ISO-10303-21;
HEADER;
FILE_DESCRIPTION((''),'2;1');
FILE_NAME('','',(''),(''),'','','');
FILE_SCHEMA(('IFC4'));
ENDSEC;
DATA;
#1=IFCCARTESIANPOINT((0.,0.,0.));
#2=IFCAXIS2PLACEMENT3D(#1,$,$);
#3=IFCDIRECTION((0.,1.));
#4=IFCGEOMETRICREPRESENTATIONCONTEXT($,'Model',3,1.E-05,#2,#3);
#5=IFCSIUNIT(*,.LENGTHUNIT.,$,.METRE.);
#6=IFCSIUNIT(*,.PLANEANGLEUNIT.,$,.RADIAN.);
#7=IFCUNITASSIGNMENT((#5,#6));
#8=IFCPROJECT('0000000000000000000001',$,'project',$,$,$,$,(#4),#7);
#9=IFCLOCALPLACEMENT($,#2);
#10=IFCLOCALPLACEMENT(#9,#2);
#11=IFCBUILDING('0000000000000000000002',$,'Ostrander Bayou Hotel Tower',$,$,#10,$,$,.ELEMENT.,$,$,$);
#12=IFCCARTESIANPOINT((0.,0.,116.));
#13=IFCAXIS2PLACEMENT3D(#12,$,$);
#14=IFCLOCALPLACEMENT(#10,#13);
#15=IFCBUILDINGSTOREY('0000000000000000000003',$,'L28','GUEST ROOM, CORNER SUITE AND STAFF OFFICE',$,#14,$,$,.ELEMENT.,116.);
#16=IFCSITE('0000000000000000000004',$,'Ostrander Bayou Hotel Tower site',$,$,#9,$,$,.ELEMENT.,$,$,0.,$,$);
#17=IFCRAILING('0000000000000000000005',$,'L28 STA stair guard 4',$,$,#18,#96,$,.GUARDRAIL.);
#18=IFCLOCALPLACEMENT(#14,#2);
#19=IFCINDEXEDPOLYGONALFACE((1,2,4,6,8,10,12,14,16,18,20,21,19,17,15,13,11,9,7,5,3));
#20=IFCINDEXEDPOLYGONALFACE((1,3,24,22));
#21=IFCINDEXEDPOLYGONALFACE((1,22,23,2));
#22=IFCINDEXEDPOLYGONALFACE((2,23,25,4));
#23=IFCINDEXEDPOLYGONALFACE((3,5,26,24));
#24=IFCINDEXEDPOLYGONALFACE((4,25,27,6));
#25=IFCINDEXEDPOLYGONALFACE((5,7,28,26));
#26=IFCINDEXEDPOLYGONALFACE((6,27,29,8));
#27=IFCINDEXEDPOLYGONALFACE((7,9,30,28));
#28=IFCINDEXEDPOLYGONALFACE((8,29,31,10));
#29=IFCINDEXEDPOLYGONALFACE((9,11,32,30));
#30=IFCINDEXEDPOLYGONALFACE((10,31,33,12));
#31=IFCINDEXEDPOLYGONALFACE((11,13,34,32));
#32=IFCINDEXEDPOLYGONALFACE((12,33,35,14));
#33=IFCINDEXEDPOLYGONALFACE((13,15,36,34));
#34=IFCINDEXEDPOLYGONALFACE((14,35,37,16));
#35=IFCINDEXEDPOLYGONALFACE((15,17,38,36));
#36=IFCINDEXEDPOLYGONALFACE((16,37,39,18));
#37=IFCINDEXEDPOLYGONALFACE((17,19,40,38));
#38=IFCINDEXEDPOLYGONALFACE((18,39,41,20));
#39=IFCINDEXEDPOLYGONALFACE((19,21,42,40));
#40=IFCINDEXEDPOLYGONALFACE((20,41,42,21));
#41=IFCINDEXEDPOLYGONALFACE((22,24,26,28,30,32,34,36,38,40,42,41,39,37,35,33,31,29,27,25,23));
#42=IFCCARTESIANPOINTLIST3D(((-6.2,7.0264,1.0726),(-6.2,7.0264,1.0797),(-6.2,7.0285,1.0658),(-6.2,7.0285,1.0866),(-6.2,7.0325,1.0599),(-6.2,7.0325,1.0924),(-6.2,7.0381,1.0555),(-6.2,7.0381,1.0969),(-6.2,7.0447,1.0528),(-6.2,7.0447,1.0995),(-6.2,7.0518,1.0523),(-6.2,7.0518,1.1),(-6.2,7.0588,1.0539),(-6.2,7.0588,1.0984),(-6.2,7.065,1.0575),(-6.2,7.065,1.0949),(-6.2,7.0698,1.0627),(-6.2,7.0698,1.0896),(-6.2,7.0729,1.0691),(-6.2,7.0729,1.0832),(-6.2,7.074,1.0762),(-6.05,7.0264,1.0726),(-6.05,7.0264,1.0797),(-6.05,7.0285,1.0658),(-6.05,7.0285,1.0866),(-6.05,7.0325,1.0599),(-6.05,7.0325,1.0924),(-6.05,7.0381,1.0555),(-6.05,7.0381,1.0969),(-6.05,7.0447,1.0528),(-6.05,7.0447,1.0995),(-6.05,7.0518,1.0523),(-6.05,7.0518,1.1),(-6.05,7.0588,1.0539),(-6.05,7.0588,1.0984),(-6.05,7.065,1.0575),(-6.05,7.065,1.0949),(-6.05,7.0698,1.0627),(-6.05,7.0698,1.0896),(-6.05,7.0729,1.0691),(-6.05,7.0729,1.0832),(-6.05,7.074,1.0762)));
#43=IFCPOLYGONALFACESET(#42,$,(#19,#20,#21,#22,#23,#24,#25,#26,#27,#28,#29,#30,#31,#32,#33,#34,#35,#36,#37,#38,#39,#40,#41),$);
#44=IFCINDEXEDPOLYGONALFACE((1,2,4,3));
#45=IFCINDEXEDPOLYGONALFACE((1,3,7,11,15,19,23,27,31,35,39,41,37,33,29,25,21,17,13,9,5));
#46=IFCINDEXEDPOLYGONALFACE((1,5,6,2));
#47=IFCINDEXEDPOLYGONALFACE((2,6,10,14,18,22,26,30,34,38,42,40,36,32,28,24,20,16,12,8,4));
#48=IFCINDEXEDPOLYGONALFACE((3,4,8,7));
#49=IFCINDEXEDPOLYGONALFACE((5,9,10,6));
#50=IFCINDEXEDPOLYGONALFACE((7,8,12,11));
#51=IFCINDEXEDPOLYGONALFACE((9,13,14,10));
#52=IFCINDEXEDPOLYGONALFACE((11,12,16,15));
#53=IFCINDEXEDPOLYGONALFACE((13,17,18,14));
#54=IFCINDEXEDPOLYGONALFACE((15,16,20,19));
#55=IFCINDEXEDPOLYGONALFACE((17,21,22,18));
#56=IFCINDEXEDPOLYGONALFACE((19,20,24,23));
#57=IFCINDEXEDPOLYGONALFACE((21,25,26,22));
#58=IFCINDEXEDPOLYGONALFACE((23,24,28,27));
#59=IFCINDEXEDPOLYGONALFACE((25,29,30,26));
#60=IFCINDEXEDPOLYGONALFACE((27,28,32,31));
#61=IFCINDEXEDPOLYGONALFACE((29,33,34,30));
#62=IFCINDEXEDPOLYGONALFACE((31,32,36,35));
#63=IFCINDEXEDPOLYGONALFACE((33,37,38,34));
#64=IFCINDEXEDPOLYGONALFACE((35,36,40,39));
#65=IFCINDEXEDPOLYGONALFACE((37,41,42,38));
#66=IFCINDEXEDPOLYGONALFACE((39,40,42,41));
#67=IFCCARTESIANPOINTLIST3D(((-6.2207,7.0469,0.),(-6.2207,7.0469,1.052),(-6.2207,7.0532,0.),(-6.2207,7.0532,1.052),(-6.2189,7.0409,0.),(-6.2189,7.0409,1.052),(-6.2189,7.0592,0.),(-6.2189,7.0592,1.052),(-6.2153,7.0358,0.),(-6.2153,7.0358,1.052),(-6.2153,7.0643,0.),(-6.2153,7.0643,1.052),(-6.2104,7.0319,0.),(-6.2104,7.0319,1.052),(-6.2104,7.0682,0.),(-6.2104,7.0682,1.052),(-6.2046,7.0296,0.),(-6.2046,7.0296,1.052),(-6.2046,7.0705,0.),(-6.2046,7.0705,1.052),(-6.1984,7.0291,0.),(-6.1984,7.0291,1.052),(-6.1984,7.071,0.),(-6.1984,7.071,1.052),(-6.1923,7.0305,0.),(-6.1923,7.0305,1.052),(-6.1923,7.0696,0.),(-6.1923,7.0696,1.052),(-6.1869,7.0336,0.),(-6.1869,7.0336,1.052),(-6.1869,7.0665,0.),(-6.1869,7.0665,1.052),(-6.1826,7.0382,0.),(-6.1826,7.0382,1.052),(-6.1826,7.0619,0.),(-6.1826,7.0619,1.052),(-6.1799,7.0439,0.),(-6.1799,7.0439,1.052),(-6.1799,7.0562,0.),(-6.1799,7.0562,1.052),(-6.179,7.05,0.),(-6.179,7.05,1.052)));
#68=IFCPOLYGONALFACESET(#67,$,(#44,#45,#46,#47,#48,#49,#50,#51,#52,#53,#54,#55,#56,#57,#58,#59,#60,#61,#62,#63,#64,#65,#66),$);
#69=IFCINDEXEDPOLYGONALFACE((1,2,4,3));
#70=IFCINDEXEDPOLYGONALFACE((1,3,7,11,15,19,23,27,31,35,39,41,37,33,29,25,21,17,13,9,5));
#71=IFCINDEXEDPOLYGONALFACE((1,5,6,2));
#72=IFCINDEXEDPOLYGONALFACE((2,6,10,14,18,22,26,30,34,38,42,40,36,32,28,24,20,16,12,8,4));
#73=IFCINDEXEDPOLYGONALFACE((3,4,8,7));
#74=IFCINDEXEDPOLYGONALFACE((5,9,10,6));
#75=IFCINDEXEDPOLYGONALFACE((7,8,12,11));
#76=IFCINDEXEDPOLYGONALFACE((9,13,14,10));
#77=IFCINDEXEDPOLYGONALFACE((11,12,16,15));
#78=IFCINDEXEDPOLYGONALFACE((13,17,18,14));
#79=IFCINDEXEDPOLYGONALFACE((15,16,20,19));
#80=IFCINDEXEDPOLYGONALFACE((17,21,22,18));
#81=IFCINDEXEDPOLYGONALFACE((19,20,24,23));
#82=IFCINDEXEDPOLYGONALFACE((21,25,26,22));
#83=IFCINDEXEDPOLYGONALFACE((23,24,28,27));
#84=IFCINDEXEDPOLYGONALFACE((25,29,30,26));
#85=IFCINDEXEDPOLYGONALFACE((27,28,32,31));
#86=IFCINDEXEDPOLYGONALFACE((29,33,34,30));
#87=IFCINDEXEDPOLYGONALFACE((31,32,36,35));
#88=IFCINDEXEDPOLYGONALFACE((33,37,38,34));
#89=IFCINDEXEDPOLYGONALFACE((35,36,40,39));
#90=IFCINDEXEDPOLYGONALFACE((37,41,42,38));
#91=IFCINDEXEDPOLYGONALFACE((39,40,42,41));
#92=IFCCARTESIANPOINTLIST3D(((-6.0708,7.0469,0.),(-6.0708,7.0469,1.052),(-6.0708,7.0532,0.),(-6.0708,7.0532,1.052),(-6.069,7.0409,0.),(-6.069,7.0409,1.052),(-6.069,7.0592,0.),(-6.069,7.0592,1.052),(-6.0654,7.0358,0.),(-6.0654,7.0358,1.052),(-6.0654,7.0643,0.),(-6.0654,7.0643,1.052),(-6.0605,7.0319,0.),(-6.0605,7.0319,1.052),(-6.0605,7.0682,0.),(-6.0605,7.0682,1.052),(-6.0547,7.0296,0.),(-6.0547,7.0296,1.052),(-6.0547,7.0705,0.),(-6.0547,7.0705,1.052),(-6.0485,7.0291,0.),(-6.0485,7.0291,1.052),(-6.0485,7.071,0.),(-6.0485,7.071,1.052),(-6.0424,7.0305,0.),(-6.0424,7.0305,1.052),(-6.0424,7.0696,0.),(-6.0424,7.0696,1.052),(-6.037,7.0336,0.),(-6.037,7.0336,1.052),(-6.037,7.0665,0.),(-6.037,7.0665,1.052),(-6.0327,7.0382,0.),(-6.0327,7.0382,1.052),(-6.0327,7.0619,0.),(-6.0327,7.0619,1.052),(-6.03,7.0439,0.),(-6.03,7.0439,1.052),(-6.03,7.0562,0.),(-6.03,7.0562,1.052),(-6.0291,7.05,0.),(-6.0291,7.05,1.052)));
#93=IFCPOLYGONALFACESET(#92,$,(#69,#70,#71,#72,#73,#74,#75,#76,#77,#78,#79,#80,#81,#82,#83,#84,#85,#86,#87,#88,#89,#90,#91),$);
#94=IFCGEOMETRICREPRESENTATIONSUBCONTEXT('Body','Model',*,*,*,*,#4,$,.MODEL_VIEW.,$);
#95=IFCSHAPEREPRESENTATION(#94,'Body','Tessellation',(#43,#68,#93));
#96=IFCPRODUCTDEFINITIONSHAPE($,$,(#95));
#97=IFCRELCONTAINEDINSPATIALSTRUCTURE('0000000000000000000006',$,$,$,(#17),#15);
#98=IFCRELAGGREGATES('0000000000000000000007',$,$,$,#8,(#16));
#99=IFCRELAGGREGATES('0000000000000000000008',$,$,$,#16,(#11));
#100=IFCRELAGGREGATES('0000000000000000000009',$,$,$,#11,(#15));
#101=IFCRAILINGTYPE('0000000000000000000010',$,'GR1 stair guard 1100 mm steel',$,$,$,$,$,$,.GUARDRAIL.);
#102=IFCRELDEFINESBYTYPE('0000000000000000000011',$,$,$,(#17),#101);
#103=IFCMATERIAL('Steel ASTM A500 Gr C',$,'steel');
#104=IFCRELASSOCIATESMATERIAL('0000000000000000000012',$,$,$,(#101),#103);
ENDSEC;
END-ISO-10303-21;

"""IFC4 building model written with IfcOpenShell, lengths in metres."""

from ifc_helpers import new_model, si_unit, direction, frame, origin, origin_2d, place, context, subcontext, project, spatial, circle, extrude, material, type_object, element, save


model = new_model("IFC4")

# Units and contexts
model_context = context("Model", 3, precision=1e-05, world=origin(), true_north=direction((0.0, 1.0)))
body_context = subcontext(model_context, "Body", "Model", "MODEL_VIEW")
ifc_project = project(units=[si_unit("LENGTHUNIT", "METRE"), si_unit("PLANEANGLEUNIT", "RADIAN")], contexts=[model_context])

# Site, building, storey
site_placement = place(None, origin())
site = spatial("IfcSite", under=ifc_project, at=site_placement, Name="Ostrander Bayou Hotel Tower site", CompositionType="ELEMENT", RefElevation=0.0)
building_placement = place(site_placement, origin())
building = spatial("IfcBuilding", under=site, at=building_placement, Name="Ostrander Bayou Hotel Tower", CompositionType="ELEMENT")
storey_placement = place(building_placement, frame((0.0, 0.0, 116.0)))
storey = spatial("IfcBuildingStorey", under=building, at=storey_placement, Name="L28", Description="GUEST ROOM, CORNER SUITE AND STAFF OFFICE", CompositionType="ELEMENT", Elevation=116.0)

# Railing
ifc_material_1 = material(Name="Steel ASTM A500 Gr C", Category="steel")
railing_type_1 = type_object("IfcRailingType", Name="GR1 stair guard 1100 mm steel", PredefinedType="GUARDRAIL", material=ifc_material_1)
railing_1_placement = place(storey_placement, frame((-6.2, 7.05, 0.0)))
element("IfcRailing", 1, at=railing_1_placement, inside=storey, type_object=railing_type_1, Name="L28 STA stair guard 4", PredefinedType="GUARDRAIL", context=body_context, shape_type="SweptSolid", body=[
    extrude(circle(Radius=0.0239, at=origin_2d()), frame((0.0, 0.0, 1.0762), z_axis=(1.0, 0.0, 0.0), x_axis=(0.0, 1.0, 0.0)), (0.0, 0.0, 1.0), 0.1499),
    extrude(circle(Radius=0.021, at=origin_2d()), origin(), (0.0, 0.0, 1.0), 1.052),
    extrude(circle(Radius=0.021, at=origin_2d()), frame((0.1499, 0.0, 0.0)), (0.0, 0.0, 1.0), 1.052),
])

save(model, "model.ifc")
